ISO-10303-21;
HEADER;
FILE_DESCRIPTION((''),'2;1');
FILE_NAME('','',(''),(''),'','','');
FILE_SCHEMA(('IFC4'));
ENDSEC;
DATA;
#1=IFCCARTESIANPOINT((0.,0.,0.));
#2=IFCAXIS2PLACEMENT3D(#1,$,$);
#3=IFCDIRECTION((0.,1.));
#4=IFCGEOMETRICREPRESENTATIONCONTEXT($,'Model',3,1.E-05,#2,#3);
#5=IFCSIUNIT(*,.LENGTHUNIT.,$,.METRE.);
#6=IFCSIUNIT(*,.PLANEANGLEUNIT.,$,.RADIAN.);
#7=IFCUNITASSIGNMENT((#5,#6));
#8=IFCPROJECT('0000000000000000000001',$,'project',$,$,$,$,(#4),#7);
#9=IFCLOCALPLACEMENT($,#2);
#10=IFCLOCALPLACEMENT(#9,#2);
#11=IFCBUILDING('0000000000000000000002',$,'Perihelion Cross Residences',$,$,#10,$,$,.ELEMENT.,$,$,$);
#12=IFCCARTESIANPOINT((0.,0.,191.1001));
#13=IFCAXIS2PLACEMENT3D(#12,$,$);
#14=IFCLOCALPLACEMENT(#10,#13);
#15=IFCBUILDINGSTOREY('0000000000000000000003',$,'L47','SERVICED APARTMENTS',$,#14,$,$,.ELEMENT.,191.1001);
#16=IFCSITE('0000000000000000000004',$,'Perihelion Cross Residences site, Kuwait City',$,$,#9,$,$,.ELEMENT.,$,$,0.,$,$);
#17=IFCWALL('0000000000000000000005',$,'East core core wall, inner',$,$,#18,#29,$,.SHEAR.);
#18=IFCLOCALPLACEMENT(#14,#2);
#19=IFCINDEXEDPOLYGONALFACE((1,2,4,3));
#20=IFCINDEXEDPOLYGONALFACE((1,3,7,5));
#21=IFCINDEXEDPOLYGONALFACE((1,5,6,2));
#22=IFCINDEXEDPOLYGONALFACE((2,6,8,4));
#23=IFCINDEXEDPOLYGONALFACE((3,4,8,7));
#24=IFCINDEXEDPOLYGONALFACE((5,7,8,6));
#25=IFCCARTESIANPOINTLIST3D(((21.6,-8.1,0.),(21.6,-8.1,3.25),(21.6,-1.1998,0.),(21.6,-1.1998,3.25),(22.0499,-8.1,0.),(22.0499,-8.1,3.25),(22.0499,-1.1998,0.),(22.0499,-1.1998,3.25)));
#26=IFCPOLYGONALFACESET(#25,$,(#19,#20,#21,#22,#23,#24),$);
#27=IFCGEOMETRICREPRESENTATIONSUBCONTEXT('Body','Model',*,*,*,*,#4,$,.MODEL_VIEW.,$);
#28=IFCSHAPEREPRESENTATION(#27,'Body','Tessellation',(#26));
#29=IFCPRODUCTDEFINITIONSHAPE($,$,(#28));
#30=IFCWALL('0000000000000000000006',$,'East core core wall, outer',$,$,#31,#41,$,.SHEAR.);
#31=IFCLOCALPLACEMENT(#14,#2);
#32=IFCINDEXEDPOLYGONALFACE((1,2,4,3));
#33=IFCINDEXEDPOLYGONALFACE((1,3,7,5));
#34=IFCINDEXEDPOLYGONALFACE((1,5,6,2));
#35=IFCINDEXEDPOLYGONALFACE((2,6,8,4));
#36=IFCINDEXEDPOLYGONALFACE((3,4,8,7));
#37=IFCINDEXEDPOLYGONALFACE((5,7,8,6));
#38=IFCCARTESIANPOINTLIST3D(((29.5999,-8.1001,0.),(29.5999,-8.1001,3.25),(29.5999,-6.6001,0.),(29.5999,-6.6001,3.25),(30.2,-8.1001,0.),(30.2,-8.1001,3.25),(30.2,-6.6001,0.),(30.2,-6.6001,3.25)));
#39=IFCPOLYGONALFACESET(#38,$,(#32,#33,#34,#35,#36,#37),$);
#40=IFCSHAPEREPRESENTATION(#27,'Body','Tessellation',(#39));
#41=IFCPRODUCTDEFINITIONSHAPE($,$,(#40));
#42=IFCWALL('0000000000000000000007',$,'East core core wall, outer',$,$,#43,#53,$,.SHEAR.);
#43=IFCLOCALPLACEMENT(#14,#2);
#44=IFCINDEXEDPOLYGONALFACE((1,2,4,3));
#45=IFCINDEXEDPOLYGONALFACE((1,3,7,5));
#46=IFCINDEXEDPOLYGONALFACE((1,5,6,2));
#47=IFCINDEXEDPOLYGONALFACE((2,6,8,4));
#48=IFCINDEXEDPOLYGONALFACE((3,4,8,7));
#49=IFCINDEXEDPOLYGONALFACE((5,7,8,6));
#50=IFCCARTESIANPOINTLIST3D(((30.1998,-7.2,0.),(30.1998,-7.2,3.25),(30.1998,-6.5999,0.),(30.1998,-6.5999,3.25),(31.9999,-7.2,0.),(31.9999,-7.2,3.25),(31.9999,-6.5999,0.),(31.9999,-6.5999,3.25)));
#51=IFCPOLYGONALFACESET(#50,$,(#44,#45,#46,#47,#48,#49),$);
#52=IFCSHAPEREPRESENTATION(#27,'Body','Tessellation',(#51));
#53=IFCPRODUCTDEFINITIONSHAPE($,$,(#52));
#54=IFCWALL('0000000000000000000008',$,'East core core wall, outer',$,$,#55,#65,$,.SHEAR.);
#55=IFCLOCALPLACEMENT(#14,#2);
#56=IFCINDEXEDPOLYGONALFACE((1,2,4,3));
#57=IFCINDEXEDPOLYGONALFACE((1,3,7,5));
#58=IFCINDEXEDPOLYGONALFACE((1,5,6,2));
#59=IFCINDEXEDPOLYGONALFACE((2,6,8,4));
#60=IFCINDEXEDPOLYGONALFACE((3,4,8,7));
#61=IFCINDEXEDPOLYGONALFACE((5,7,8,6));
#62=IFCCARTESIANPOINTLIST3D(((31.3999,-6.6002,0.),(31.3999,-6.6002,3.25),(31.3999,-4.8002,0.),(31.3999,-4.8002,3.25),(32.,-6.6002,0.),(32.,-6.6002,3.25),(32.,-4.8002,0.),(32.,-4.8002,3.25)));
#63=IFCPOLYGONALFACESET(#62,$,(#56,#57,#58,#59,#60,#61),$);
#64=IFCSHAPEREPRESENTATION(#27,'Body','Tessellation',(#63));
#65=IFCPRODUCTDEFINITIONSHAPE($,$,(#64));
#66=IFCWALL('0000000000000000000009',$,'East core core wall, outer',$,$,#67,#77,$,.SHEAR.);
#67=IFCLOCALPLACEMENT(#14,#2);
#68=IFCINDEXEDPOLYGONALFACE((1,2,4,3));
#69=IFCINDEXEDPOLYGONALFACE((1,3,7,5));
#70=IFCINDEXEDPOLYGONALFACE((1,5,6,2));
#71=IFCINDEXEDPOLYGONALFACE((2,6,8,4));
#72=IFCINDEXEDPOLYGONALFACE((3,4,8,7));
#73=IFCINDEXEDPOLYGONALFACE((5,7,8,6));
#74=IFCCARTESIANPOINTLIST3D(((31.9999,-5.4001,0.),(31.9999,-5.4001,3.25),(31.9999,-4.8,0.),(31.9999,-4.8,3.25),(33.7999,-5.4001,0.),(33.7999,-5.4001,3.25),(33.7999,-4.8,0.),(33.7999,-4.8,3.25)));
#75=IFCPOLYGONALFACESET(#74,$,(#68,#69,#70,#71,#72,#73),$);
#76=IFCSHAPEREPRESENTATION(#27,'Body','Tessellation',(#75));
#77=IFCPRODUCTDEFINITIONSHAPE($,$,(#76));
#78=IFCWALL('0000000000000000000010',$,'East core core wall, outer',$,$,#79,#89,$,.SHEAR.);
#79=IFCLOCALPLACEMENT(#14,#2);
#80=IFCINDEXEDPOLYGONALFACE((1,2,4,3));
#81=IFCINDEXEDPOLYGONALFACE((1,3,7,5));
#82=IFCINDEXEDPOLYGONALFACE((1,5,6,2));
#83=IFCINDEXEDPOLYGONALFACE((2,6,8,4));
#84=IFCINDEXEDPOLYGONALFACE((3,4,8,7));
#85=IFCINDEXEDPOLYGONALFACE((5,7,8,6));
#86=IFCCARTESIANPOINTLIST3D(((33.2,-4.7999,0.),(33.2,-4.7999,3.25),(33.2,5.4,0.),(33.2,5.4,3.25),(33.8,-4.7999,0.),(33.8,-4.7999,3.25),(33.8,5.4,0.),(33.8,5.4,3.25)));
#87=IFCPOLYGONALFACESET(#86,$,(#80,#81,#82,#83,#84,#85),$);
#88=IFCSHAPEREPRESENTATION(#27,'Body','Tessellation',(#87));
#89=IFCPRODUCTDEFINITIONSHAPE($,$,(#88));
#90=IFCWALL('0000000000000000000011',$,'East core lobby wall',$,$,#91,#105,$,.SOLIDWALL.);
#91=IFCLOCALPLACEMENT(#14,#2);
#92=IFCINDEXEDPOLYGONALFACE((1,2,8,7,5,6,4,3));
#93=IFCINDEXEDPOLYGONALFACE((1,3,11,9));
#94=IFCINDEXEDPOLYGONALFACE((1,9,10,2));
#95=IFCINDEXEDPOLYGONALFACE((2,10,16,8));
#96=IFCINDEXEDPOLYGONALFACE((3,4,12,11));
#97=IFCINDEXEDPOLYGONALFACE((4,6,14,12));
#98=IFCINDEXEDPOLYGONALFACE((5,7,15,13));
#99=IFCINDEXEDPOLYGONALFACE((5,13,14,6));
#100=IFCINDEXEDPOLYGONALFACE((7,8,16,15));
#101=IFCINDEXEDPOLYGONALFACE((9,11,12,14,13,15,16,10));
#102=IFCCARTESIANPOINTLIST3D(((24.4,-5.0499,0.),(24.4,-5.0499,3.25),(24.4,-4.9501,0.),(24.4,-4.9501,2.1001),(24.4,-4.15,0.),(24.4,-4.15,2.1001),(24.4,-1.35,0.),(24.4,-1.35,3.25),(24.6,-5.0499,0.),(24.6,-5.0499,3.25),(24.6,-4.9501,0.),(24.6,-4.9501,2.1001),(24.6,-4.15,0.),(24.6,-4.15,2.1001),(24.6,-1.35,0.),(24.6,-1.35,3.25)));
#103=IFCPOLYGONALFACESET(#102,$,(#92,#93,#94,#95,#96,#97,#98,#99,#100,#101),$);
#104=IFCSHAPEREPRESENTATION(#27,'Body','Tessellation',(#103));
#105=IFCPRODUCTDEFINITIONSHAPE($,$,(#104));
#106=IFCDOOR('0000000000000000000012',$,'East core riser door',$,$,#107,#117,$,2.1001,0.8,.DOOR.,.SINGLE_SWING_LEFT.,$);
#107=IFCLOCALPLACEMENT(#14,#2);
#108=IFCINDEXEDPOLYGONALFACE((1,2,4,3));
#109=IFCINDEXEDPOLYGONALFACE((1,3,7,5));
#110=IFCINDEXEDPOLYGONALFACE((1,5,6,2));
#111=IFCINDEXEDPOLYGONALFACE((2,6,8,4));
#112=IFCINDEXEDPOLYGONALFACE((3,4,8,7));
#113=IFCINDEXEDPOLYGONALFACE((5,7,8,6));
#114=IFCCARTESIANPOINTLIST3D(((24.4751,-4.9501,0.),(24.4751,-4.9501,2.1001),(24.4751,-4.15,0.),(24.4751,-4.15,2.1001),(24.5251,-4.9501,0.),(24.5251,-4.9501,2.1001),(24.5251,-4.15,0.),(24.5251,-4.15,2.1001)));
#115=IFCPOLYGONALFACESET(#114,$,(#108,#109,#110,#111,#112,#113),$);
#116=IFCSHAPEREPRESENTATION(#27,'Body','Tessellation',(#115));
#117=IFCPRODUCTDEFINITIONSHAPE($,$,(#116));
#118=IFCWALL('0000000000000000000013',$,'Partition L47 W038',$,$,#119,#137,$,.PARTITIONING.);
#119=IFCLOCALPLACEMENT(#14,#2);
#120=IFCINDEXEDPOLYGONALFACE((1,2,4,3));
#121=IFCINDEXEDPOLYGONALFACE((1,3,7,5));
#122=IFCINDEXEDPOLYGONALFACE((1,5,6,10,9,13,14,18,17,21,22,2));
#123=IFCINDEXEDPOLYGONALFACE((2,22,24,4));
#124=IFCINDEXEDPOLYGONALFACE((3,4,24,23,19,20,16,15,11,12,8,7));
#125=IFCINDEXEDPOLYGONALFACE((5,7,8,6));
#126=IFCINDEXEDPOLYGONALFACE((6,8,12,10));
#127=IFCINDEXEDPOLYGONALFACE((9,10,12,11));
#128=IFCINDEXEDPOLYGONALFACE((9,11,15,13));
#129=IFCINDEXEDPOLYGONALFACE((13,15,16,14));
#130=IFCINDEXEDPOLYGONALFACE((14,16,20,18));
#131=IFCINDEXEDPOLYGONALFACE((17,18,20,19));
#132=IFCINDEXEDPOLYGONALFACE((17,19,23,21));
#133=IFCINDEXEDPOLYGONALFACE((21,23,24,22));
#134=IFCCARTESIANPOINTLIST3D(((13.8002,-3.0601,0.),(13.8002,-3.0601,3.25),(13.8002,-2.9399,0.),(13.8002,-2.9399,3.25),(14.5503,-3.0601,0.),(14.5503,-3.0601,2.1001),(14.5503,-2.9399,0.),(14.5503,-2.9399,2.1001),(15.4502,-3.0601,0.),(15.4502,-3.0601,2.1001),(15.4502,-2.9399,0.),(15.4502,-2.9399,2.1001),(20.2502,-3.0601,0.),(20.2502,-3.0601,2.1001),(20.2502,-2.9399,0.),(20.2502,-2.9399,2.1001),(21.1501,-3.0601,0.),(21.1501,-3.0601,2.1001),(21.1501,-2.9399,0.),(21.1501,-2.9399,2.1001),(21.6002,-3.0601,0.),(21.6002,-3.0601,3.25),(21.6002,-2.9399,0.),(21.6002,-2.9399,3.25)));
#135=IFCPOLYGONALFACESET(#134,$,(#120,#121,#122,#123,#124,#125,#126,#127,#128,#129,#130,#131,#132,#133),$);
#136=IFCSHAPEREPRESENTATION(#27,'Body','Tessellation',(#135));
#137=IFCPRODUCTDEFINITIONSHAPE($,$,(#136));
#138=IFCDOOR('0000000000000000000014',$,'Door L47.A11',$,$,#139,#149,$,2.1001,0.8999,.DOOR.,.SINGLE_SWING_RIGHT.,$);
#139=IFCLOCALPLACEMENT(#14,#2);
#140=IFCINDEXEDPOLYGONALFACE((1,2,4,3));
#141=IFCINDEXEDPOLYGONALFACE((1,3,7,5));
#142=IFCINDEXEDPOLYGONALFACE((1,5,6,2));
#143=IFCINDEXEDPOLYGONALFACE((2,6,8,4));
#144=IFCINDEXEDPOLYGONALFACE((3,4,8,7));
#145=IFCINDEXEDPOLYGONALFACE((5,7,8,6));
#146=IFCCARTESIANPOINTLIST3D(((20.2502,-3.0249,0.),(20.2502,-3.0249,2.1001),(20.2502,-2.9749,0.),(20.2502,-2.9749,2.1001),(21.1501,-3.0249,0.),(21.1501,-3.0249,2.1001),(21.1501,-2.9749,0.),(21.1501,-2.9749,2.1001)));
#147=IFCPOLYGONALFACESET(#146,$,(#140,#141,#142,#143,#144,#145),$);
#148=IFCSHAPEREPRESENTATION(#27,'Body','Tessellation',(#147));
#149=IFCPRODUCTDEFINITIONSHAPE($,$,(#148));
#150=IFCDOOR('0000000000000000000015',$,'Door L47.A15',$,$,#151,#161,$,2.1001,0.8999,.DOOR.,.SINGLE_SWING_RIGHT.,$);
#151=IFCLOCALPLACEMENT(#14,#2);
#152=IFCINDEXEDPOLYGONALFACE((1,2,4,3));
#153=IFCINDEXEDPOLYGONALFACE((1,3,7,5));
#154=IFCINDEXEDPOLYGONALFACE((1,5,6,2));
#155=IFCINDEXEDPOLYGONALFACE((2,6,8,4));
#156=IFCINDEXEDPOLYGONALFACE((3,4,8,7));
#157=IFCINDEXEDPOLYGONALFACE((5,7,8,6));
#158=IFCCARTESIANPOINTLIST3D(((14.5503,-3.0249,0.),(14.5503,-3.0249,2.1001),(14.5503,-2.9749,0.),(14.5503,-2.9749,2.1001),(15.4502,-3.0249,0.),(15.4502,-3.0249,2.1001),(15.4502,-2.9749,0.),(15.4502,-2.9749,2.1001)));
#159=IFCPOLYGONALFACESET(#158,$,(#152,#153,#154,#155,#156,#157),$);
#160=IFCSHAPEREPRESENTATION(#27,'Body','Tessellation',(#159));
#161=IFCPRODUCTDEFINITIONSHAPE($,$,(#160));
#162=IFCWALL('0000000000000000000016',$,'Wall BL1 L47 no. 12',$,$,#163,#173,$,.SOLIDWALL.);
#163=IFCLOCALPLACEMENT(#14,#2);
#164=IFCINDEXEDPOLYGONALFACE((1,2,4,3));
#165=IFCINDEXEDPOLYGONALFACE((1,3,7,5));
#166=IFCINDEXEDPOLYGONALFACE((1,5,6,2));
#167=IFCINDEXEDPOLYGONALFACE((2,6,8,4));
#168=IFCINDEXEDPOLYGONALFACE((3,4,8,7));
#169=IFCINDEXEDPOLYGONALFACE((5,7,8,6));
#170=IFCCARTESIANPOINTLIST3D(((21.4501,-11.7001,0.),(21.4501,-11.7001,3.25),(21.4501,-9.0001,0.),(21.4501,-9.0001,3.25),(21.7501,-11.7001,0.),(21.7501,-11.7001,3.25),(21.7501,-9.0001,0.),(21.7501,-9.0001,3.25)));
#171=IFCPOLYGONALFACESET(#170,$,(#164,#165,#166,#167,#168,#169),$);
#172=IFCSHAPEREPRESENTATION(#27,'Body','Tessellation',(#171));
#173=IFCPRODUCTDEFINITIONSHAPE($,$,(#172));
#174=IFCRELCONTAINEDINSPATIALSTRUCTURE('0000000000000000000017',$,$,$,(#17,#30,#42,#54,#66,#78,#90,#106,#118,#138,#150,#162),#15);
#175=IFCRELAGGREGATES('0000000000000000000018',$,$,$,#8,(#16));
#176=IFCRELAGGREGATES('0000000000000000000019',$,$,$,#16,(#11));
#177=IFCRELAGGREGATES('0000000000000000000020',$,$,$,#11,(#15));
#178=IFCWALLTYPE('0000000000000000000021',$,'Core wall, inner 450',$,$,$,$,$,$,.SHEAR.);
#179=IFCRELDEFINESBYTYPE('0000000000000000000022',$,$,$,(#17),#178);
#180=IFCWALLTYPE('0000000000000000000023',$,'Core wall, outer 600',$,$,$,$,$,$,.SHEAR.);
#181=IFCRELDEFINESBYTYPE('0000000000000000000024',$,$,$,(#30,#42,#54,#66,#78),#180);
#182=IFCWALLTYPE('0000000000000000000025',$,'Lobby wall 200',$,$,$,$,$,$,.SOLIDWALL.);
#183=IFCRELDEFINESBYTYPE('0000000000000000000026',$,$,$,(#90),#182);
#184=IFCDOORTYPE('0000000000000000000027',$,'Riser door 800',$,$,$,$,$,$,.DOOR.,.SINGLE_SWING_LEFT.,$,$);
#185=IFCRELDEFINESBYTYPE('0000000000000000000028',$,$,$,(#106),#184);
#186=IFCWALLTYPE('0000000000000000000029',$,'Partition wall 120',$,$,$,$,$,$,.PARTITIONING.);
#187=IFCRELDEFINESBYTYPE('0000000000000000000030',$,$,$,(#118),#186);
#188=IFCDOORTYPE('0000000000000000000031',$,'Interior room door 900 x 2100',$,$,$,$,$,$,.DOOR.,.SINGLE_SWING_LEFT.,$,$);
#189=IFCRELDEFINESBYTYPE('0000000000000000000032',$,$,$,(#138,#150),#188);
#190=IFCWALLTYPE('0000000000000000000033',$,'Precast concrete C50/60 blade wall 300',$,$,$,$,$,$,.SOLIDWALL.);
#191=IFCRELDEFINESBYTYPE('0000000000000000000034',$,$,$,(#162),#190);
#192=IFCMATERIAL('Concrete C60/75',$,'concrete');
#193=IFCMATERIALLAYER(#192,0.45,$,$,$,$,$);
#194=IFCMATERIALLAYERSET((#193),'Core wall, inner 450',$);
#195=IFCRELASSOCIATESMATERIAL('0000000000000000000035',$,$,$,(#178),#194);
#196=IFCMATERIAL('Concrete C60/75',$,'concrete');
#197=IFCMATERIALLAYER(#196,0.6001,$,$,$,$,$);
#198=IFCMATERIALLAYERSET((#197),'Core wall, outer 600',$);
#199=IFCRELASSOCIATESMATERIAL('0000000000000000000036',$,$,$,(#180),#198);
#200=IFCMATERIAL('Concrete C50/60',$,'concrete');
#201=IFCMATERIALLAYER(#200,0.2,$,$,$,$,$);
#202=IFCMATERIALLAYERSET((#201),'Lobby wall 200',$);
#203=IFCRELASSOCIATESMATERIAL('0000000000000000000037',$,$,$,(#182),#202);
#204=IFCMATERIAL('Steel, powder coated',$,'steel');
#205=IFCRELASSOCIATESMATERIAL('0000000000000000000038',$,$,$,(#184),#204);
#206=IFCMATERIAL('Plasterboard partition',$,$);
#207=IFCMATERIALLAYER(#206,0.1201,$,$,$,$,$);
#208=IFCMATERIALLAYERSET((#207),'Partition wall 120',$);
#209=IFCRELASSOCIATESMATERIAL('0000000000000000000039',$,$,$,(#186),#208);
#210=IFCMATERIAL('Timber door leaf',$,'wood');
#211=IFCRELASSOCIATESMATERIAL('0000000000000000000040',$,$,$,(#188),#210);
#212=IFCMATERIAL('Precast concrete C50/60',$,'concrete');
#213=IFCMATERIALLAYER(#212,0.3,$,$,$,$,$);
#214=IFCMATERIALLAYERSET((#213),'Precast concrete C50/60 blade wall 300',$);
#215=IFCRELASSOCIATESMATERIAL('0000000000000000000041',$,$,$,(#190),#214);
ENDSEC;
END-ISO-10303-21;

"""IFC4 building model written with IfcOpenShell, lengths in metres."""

from ifc_helpers import new_model, si_unit, direction, frame, frame_2d, origin, place, context, subcontext, project, spatial, rectangle, extrude, material, layer, layer_set, type_object, element, fill, save


model = new_model("IFC4")

# Units and contexts
model_context = context("Model", 3, precision=1e-05, world=origin(), true_north=direction((0.0, 1.0)))
body_context = subcontext(model_context, "Body", "Model", "MODEL_VIEW")
ifc_project = project(units=[si_unit("LENGTHUNIT", "METRE"), si_unit("PLANEANGLEUNIT", "RADIAN")], contexts=[model_context])

# Site, building, storey
site_placement = place(None, origin())
site = spatial("IfcSite", under=ifc_project, at=site_placement, Name="Perihelion Cross Residences site, Kuwait City", CompositionType="ELEMENT", RefElevation=0.0)
building_placement = place(site_placement, origin())
building = spatial("IfcBuilding", under=site, at=building_placement, Name="Perihelion Cross Residences", CompositionType="ELEMENT")
storey_placement = place(building_placement, frame((0.0, 0.0, 191.1001)))
storey = spatial("IfcBuildingStorey", under=building, at=storey_placement, Name="L47", Description="SERVICED APARTMENTS", CompositionType="ELEMENT", Elevation=191.1001)

# Walls
ifc_material_1 = material(Name="Concrete C60/75", Category="concrete")
ifc_layer_1 = layer(ifc_material_1, 0.45)
ifc_layer_set_1 = layer_set([ifc_layer_1], Name="Core wall, inner 450")
wall_type_1 = type_object("IfcWallType", Name="Core wall, inner 450", PredefinedType="SHEAR", material=ifc_layer_set_1)
wall_1_placement = place(storey_placement, frame((21.825, -8.1001, 0.0), z_axis=(0.0, 0.0, 1.0), x_axis=(0.0, 1.0, 0.0)))
element("IfcWall", 1, at=wall_1_placement, inside=storey, type_object=wall_type_1, Name="East core core wall, inner", PredefinedType="SHEAR", context=body_context, shape_type="SweptSolid", body=[
    extrude(rectangle(XDim=6.9001, YDim=0.45, at=frame_2d((3.4502, 0.0))), origin(), (0.0, 0.0, 1.0), 3.25),
])
ifc_material_2 = material(Name="Concrete C60/75", Category="concrete")
ifc_layer_2 = layer(ifc_material_2, 0.6001)
ifc_layer_set_2 = layer_set([ifc_layer_2], Name="Core wall, outer 600")
wall_type_2 = type_object("IfcWallType", Name="Core wall, outer 600", PredefinedType="SHEAR", material=ifc_layer_set_2)
wall_2_placement = place(storey_placement, frame((29.8999, -8.1001, 0.0), z_axis=(0.0, 0.0, 1.0), x_axis=(0.0, 1.0, 0.0)))
element("IfcWall", 2, at=wall_2_placement, inside=storey, type_object=wall_type_2, Name="East core core wall, outer", PredefinedType="SHEAR", context=body_context, shape_type="SweptSolid", body=[
    extrude(rectangle(XDim=1.5, YDim=0.6001, at=frame_2d((0.75, 0.0))), origin(), (0.0, 0.0, 1.0), 3.25),
])
for number, where, z_axis, x_axis, name in (
    (3, (30.2, -6.8999, 0.0), (0.0, 0.0, 1.0), (1.0, 0.0, 0.0), "East core core wall, outer"),
    (4, (31.7, -6.6001, 0.0), (0.0, 0.0, 1.0), (0.0, 1.0, 0.0), "East core core wall, outer"),
    (5, (32.0, -5.1001, 0.0), (0.0, 0.0, 1.0), (1.0, 0.0, 0.0), "East core core wall, outer"),
):
    element("IfcWall", number, at=place(storey_placement, frame(where, z_axis=z_axis, x_axis=x_axis)), inside=storey, type_object=wall_type_2, Name=name, PredefinedType="SHEAR", context=body_context, shape_type="SweptSolid", body=[
        extrude(rectangle(XDim=1.8, YDim=0.6001, at=frame_2d((0.8999, 0.0))), origin(), (0.0, 0.0, 1.0), 3.25),
    ])
wall_3_placement = place(storey_placement, frame((33.5, -4.8, 0.0), z_axis=(0.0, 0.0, 1.0), x_axis=(0.0, 1.0, 0.0)))
element("IfcWall", 6, at=wall_3_placement, inside=storey, type_object=wall_type_2, Name="East core core wall, outer", PredefinedType="SHEAR", context=body_context, shape_type="SweptSolid", body=[
    extrude(rectangle(XDim=10.2, YDim=0.6001, at=frame_2d((5.1001, 0.0))), origin(), (0.0, 0.0, 1.0), 3.25),
])

# Wall, opening, door
ifc_material_3 = material(Name="Concrete C50/60", Category="concrete")
ifc_layer_3 = layer(ifc_material_3, 0.2)
ifc_layer_set_3 = layer_set([ifc_layer_3], Name="Lobby wall 200")
wall_type_3 = type_object("IfcWallType", Name="Lobby wall 200", PredefinedType="SOLIDWALL", material=ifc_layer_set_3)
wall_4_placement = place(storey_placement, frame((24.5, -5.05, 0.0), z_axis=(0.0, 0.0, 1.0), x_axis=(0.0, 1.0, 0.0)))
wall_4 = element("IfcWall", 7, at=wall_4_placement, inside=storey, type_object=wall_type_3, Name="East core lobby wall", PredefinedType="SOLIDWALL", context=body_context, shape_type="SweptSolid", body=[
    extrude(rectangle(XDim=3.7, YDim=0.2, at=frame_2d((1.8501, 0.0))), origin(), (0.0, 0.0, 1.0), 3.25),
])
opening_1_placement = place(wall_4_placement, frame((0.1001, 0.0, 0.0)))
opening_1 = element("IfcOpeningElement", 8, at=opening_1_placement, cuts=wall_4, PredefinedType="OPENING", context=body_context, shape_type="SweptSolid", body=[
    extrude(rectangle(XDim=0.8, YDim=2.1001, at=frame_2d((0.3999, 1.05))), frame((0.0, 0.1099, 0.0), z_axis=(0.0, -1.0, 0.0), x_axis=(1.0, 0.0, 0.0)), (0.0, 0.0, 1.0), 0.22),
])
ifc_material_4 = material(Name="Steel, powder coated", Category="steel")
door_type_1 = type_object("IfcDoorType", Name="Riser door 800", OperationType="SINGLE_SWING_LEFT", PredefinedType="DOOR", material=ifc_material_4)
door_1_placement = place(opening_1_placement, origin())
door_1 = element("IfcDoor", 9, at=door_1_placement, inside=storey, type_object=door_type_1, Name="East core riser door", OperationType="SINGLE_SWING_LEFT", OverallHeight=2.1001, OverallWidth=0.8, PredefinedType="DOOR", context=body_context, shape_type="SweptSolid", body=[
    extrude(rectangle(XDim=0.8, YDim=2.1001, at=frame_2d((0.3999, 1.05))), frame((0.0, 0.0249, 0.0), z_axis=(0.0, -1.0, 0.0), x_axis=(1.0, 0.0, 0.0)), (0.0, 0.0, 1.0), 0.05),
])
fill(opening_1, door_1)

# Wall, openings, doors
ifc_material_5 = material(Name="Plasterboard partition")
ifc_layer_4 = layer(ifc_material_5, 0.1201)
ifc_layer_set_4 = layer_set([ifc_layer_4], Name="Partition wall 120")
wall_type_4 = type_object("IfcWallType", Name="Partition wall 120", PredefinedType="PARTITIONING", material=ifc_layer_set_4)
wall_5_placement = place(storey_placement, frame((21.6001, -3.0, 0.0), z_axis=(0.0, 0.0, 1.0), x_axis=(-1.0, 0.0, 0.0)))
wall_5 = element("IfcWall", 10, at=wall_5_placement, inside=storey, type_object=wall_type_4, Name="Partition L47 W038", PredefinedType="PARTITIONING", context=body_context, shape_type="SweptSolid", body=[
    extrude(rectangle(XDim=7.8, YDim=0.1201, at=frame_2d((3.8999, 0.0))), origin(), (0.0, 0.0, 1.0), 3.25),
])
opening_2_placement = place(wall_5_placement, frame((0.45, 0.0, 0.0)))
opening_2 = element("IfcOpeningElement", 11, at=opening_2_placement, cuts=wall_5, PredefinedType="OPENING", context=body_context, shape_type="SweptSolid", body=[
    extrude(rectangle(XDim=0.8999, YDim=2.1001, at=frame_2d((0.45, 1.05))), frame((0.0, 0.0701, 0.0), z_axis=(0.0, -1.0, 0.0), x_axis=(1.0, 0.0, 0.0)), (0.0, 0.0, 1.0), 0.1401),
])
opening_3_placement = place(wall_5_placement, frame((6.1499, 0.0, 0.0)))
opening_3 = element("IfcOpeningElement", 12, at=opening_3_placement, cuts=wall_5, PredefinedType="OPENING", context=body_context, shape_type="SweptSolid", body=[
    extrude(rectangle(XDim=0.8999, YDim=2.1001, at=frame_2d((0.45, 1.05))), frame((0.0, 0.0701, 0.0), z_axis=(0.0, -1.0, 0.0), x_axis=(1.0, 0.0, 0.0)), (0.0, 0.0, 1.0), 0.1401),
])
ifc_material_6 = material(Name="Timber door leaf", Category="wood")
door_type_2 = type_object("IfcDoorType", Name="Interior room door 900 x 2100", OperationType="SINGLE_SWING_LEFT", PredefinedType="DOOR", material=ifc_material_6)
door_2_placement = place(opening_2_placement, origin())
door_2 = element("IfcDoor", 13, at=door_2_placement, inside=storey, type_object=door_type_2, Name="Door L47.A11", OperationType="SINGLE_SWING_RIGHT", OverallHeight=2.1001, OverallWidth=0.8999, PredefinedType="DOOR", context=body_context, shape_type="SweptSolid", body=[
    extrude(rectangle(XDim=0.8999, YDim=2.1001, at=frame_2d((0.45, 1.05))), frame((0.0, 0.0249, 0.0), z_axis=(0.0, -1.0, 0.0), x_axis=(1.0, 0.0, 0.0)), (0.0, 0.0, 1.0), 0.05),
])
fill(opening_2, door_2)
door_3_placement = place(opening_3_placement, origin())
door_3 = element("IfcDoor", 14, at=door_3_placement, inside=storey, type_object=door_type_2, Name="Door L47.A15", OperationType="SINGLE_SWING_RIGHT", OverallHeight=2.1001, OverallWidth=0.8999, PredefinedType="DOOR", context=body_context, shape_type="SweptSolid", body=[
    extrude(rectangle(XDim=0.8999, YDim=2.1001, at=frame_2d((0.45, 1.05))), frame((0.0, 0.0249, 0.0), z_axis=(0.0, -1.0, 0.0), x_axis=(1.0, 0.0, 0.0)), (0.0, 0.0, 1.0), 0.05),
])
fill(opening_3, door_3)

# Wall
ifc_material_7 = material(Name="Precast concrete C50/60", Category="concrete")
ifc_layer_5 = layer(ifc_material_7, 0.3)
ifc_layer_set_5 = layer_set([ifc_layer_5], Name="Precast concrete C50/60 blade wall 300")
wall_type_5 = type_object("IfcWallType", Name="Precast concrete C50/60 blade wall 300", PredefinedType="SOLIDWALL", material=ifc_layer_set_5)
wall_6_placement = place(storey_placement, frame((21.6001, -9.0, 0.0), z_axis=(0.0, 0.0, 1.0), x_axis=(0.0, -1.0, 0.0)))
element("IfcWall", 15, at=wall_6_placement, inside=storey, type_object=wall_type_5, Name="Wall BL1 L47 no. 12", PredefinedType="SOLIDWALL", context=body_context, shape_type="SweptSolid", body=[
    extrude(rectangle(XDim=2.7, YDim=0.3, at=frame_2d((1.3501, 0.0))), origin(), (0.0, 0.0, 1.0), 3.25),
])

save(model, "model.ifc")
